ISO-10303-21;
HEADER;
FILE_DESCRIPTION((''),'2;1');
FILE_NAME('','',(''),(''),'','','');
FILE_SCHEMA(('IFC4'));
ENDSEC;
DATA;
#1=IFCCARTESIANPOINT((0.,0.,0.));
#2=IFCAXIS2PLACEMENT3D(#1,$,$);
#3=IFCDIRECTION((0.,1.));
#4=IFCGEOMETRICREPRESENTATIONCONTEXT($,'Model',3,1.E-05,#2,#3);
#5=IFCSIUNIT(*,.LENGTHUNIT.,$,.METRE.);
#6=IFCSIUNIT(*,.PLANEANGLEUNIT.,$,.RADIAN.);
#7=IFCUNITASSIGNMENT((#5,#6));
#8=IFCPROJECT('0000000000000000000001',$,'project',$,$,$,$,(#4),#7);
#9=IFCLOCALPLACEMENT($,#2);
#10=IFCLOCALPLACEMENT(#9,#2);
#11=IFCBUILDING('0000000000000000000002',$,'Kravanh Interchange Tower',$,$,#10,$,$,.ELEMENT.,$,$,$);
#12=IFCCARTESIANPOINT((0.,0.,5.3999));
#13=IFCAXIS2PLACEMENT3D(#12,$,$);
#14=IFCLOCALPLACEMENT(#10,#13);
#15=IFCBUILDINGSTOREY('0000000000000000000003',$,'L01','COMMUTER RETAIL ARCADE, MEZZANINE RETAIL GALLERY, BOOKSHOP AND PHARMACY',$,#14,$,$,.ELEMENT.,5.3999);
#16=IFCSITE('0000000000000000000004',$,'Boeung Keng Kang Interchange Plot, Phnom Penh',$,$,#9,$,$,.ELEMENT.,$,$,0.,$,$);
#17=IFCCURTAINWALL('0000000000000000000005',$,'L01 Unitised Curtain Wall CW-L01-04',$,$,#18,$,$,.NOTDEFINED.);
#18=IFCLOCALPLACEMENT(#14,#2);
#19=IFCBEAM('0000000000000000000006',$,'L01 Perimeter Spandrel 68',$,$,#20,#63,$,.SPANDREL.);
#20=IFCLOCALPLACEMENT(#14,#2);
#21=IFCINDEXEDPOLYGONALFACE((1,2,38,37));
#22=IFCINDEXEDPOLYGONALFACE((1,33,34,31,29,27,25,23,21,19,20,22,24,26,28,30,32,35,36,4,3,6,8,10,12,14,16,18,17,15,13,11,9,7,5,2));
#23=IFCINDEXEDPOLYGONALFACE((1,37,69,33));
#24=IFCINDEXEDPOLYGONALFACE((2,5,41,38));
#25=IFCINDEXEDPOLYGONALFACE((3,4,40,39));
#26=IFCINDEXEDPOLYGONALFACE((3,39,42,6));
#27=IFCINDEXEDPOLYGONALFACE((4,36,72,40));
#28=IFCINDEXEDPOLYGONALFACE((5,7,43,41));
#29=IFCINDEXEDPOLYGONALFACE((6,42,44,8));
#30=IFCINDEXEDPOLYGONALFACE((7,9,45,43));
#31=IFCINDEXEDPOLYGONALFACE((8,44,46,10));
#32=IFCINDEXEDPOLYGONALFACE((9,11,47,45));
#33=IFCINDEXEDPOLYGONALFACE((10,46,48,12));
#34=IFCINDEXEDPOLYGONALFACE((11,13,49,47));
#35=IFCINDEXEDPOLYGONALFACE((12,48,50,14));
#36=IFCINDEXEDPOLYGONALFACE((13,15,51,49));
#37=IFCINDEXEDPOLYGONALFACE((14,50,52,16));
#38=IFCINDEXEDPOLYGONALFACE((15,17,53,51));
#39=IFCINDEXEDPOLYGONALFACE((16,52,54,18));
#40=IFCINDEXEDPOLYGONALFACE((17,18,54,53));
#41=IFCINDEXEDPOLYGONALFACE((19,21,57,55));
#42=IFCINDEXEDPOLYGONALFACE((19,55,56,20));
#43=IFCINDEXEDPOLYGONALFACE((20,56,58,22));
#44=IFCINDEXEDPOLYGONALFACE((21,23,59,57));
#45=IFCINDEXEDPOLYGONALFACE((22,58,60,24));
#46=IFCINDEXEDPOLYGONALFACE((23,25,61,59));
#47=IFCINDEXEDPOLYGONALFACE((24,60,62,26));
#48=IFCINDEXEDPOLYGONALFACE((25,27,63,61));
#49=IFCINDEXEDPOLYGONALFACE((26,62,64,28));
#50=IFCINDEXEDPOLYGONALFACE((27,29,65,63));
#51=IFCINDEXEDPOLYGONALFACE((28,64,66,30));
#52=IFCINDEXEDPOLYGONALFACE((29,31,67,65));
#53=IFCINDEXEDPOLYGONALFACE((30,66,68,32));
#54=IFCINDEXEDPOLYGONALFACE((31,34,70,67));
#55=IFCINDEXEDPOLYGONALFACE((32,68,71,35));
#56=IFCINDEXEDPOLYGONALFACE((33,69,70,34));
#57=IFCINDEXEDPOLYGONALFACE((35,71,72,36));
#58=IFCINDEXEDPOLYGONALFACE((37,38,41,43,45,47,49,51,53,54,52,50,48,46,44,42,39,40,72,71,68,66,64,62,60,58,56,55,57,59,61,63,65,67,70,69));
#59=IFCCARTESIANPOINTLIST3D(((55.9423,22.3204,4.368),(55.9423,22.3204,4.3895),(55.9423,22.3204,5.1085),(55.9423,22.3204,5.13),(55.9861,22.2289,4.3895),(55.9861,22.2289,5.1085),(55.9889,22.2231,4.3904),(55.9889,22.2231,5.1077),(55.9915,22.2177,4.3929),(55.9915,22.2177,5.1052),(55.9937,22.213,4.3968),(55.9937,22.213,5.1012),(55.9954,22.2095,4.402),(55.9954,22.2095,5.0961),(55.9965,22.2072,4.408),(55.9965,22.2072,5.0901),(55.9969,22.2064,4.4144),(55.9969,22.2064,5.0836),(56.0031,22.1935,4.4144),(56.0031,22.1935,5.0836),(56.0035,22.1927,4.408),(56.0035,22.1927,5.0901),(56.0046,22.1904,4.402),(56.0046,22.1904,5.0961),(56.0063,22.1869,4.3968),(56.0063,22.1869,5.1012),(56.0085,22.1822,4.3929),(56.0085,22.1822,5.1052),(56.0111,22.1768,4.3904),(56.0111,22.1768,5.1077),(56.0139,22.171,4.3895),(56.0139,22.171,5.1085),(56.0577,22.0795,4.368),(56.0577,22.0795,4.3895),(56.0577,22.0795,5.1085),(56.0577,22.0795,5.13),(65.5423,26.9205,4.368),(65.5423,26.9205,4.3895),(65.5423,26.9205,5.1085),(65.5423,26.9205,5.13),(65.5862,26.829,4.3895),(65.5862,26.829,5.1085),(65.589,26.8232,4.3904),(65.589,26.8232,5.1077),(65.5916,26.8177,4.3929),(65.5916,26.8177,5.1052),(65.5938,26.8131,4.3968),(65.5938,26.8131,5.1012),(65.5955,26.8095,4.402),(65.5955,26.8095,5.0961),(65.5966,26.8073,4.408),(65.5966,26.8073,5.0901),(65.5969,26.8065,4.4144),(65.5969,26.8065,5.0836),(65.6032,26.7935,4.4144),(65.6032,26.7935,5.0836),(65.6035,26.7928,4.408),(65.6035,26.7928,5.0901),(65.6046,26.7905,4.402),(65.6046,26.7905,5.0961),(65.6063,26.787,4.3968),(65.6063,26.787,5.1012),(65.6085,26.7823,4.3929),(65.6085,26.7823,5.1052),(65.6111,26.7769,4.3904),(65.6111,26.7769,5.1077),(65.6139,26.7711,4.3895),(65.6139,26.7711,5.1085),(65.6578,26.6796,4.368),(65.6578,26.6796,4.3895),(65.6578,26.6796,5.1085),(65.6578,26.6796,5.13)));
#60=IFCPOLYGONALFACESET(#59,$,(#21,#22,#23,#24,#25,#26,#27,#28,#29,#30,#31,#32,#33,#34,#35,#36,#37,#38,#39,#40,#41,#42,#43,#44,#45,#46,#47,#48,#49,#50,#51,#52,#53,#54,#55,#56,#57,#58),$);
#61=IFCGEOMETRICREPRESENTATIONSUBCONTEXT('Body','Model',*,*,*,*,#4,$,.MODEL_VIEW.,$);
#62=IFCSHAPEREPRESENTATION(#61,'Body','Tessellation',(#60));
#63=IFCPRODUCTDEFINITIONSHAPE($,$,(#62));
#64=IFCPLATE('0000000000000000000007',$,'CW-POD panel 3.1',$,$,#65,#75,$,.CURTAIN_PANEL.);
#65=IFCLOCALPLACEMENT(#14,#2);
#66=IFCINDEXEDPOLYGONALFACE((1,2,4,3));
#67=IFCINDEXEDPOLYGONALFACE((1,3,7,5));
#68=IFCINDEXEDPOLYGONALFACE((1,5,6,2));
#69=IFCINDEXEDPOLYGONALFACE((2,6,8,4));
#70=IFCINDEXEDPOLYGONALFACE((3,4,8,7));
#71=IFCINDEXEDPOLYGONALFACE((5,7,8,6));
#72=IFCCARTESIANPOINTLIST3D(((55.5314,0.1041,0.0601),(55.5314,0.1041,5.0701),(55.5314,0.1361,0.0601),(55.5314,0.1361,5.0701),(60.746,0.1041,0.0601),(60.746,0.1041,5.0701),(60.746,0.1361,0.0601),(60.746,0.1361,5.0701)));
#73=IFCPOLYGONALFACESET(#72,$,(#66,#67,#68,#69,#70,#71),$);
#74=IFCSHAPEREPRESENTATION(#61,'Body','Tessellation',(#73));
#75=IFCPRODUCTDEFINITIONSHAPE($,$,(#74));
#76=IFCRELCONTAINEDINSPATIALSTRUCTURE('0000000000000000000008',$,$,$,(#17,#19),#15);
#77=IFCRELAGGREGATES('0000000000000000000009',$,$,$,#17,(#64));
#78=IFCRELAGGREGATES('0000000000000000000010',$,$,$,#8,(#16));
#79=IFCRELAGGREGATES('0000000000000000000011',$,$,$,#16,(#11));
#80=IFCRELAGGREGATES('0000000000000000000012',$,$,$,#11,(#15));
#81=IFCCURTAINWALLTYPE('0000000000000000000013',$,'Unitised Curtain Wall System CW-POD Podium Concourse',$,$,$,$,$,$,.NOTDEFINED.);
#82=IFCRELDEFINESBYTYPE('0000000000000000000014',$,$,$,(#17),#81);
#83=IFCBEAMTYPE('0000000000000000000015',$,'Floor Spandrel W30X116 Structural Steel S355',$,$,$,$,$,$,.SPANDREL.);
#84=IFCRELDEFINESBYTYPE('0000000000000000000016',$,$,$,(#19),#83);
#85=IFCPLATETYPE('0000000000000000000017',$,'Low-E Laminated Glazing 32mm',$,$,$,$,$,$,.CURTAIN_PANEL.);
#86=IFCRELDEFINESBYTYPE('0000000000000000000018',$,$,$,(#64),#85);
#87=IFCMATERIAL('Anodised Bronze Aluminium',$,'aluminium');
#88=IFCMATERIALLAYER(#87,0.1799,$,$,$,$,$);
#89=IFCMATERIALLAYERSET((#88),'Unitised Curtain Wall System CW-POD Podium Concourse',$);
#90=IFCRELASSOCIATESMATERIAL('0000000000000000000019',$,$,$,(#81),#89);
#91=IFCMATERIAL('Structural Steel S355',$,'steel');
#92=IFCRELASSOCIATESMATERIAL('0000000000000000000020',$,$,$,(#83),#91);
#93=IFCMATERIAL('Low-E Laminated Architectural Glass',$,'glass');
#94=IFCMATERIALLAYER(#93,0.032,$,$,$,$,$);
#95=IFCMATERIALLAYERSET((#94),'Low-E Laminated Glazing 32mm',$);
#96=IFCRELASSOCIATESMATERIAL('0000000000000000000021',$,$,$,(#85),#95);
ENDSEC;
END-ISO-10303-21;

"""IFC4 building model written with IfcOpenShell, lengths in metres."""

from ifc_helpers import new_model, si_unit, direction, frame, origin, origin_2d, place, context, subcontext, project, spatial, rectangle, i_section, extrude, material, layer, layer_set, material_profile, profile_set, type_object, element, aggregate, save


model = new_model("IFC4")

# Units and contexts
model_context = context("Model", 3, precision=1e-05, world=origin(), true_north=direction((0.0, 1.0)))
body_context = subcontext(model_context, "Body", "Model", "MODEL_VIEW")
ifc_project = project(units=[si_unit("LENGTHUNIT", "METRE"), si_unit("PLANEANGLEUNIT", "RADIAN")], contexts=[model_context])

# Site, building, storey
site_placement = place(None, origin())
site = spatial("IfcSite", under=ifc_project, at=site_placement, Name="Boeung Keng Kang Interchange Plot, Phnom Penh", CompositionType="ELEMENT", RefElevation=0.0)
building_placement = place(site_placement, origin())
building = spatial("IfcBuilding", under=site, at=building_placement, Name="Kravanh Interchange Tower", CompositionType="ELEMENT")
storey_placement = place(building_placement, frame((0.0, 0.0, 5.3999)))
storey = spatial("IfcBuildingStorey", under=building, at=storey_placement, Name="L01", Description="COMMUTER RETAIL ARCADE, MEZZANINE RETAIL GALLERY, BOOKSHOP AND PHARMACY", CompositionType="ELEMENT", Elevation=5.3999)

# Curtain wall
ifc_material_1 = material(Name="Anodised Bronze Aluminium", Category="aluminium")
ifc_layer_1 = layer(ifc_material_1, 0.1799)
ifc_layer_set_1 = layer_set([ifc_layer_1], Name="Unitised Curtain Wall System CW-POD Podium Concourse")
curtain_wall_type = type_object("IfcCurtainWallType", Name="Unitised Curtain Wall System CW-POD Podium Concourse", PredefinedType="NOTDEFINED", material=ifc_layer_set_1)
curtain_wall_placement = place(storey_placement, origin())
curtain_wall = element("IfcCurtainWall", 1, at=curtain_wall_placement, inside=storey, type_object=curtain_wall_type, Name="L01 Unitised Curtain Wall CW-L01-04", PredefinedType="NOTDEFINED")

# Beam
ifc_material_2 = material(Name="Structural Steel S355", Category="steel")
ifc_material_profile_1 = material_profile(ifc_material_2, i_section(OverallWidth=0.2671, OverallDepth=0.762, WebThickness=0.0144, FlangeThickness=0.0215, FilletRadius=0.0249, at=origin_2d()), Name="W30X116")
ifc_profile_set_1 = profile_set([ifc_material_profile_1], Name="Structural Steel S355")
beam_type_1 = type_object("IfcBeamType", Name="Floor Spandrel W30X116 Structural Steel S355", PredefinedType="SPANDREL", material=ifc_profile_set_1)
beam_1_placement = place(storey_placement, frame((56.0, 22.2, 4.749), z_axis=(0.901814, 0.432124, 0.0), x_axis=(-0.432124, 0.901814, 0.0)))
element("IfcBeam", 2, at=beam_1_placement, inside=storey, type_object=beam_type_1, Name="L01 Perimeter Spandrel 68", PredefinedType="SPANDREL", context=body_context, shape_type="SweptSolid", body=[
    extrude(i_section(OverallWidth=0.2671, OverallDepth=0.762, WebThickness=0.0144, FlangeThickness=0.0215, FilletRadius=0.0249, at=origin_2d()), origin(), (0.0, 0.0, 1.0), 10.6453),
])

# Plate
ifc_material_3 = material(Name="Low-E Laminated Architectural Glass", Category="glass")
ifc_layer_2 = layer(ifc_material_3, 0.032)
ifc_layer_set_2 = layer_set([ifc_layer_2], Name="Low-E Laminated Glazing 32mm")
plate_type = type_object("IfcPlateType", Name="Low-E Laminated Glazing 32mm", PredefinedType="CURTAIN_PANEL", material=ifc_layer_set_2)
plate_placement = place(storey_placement, frame((58.1387, 0.1201, 0.0601), z_axis=(0.0, 0.0, 1.0), x_axis=(-1.0, 0.0, 0.0)))
plate = element("IfcPlate", 3, at=plate_placement, type_object=plate_type, Name="CW-POD panel 3.1", PredefinedType="CURTAIN_PANEL", context=body_context, shape_type="SweptSolid", body=[
    extrude(rectangle(XDim=5.2146, YDim=0.032, at=origin_2d()), origin(), (0.0, 0.0, 1.0), 5.01),
])
aggregate(curtain_wall, [plate])

save(model, "model.ifc")
